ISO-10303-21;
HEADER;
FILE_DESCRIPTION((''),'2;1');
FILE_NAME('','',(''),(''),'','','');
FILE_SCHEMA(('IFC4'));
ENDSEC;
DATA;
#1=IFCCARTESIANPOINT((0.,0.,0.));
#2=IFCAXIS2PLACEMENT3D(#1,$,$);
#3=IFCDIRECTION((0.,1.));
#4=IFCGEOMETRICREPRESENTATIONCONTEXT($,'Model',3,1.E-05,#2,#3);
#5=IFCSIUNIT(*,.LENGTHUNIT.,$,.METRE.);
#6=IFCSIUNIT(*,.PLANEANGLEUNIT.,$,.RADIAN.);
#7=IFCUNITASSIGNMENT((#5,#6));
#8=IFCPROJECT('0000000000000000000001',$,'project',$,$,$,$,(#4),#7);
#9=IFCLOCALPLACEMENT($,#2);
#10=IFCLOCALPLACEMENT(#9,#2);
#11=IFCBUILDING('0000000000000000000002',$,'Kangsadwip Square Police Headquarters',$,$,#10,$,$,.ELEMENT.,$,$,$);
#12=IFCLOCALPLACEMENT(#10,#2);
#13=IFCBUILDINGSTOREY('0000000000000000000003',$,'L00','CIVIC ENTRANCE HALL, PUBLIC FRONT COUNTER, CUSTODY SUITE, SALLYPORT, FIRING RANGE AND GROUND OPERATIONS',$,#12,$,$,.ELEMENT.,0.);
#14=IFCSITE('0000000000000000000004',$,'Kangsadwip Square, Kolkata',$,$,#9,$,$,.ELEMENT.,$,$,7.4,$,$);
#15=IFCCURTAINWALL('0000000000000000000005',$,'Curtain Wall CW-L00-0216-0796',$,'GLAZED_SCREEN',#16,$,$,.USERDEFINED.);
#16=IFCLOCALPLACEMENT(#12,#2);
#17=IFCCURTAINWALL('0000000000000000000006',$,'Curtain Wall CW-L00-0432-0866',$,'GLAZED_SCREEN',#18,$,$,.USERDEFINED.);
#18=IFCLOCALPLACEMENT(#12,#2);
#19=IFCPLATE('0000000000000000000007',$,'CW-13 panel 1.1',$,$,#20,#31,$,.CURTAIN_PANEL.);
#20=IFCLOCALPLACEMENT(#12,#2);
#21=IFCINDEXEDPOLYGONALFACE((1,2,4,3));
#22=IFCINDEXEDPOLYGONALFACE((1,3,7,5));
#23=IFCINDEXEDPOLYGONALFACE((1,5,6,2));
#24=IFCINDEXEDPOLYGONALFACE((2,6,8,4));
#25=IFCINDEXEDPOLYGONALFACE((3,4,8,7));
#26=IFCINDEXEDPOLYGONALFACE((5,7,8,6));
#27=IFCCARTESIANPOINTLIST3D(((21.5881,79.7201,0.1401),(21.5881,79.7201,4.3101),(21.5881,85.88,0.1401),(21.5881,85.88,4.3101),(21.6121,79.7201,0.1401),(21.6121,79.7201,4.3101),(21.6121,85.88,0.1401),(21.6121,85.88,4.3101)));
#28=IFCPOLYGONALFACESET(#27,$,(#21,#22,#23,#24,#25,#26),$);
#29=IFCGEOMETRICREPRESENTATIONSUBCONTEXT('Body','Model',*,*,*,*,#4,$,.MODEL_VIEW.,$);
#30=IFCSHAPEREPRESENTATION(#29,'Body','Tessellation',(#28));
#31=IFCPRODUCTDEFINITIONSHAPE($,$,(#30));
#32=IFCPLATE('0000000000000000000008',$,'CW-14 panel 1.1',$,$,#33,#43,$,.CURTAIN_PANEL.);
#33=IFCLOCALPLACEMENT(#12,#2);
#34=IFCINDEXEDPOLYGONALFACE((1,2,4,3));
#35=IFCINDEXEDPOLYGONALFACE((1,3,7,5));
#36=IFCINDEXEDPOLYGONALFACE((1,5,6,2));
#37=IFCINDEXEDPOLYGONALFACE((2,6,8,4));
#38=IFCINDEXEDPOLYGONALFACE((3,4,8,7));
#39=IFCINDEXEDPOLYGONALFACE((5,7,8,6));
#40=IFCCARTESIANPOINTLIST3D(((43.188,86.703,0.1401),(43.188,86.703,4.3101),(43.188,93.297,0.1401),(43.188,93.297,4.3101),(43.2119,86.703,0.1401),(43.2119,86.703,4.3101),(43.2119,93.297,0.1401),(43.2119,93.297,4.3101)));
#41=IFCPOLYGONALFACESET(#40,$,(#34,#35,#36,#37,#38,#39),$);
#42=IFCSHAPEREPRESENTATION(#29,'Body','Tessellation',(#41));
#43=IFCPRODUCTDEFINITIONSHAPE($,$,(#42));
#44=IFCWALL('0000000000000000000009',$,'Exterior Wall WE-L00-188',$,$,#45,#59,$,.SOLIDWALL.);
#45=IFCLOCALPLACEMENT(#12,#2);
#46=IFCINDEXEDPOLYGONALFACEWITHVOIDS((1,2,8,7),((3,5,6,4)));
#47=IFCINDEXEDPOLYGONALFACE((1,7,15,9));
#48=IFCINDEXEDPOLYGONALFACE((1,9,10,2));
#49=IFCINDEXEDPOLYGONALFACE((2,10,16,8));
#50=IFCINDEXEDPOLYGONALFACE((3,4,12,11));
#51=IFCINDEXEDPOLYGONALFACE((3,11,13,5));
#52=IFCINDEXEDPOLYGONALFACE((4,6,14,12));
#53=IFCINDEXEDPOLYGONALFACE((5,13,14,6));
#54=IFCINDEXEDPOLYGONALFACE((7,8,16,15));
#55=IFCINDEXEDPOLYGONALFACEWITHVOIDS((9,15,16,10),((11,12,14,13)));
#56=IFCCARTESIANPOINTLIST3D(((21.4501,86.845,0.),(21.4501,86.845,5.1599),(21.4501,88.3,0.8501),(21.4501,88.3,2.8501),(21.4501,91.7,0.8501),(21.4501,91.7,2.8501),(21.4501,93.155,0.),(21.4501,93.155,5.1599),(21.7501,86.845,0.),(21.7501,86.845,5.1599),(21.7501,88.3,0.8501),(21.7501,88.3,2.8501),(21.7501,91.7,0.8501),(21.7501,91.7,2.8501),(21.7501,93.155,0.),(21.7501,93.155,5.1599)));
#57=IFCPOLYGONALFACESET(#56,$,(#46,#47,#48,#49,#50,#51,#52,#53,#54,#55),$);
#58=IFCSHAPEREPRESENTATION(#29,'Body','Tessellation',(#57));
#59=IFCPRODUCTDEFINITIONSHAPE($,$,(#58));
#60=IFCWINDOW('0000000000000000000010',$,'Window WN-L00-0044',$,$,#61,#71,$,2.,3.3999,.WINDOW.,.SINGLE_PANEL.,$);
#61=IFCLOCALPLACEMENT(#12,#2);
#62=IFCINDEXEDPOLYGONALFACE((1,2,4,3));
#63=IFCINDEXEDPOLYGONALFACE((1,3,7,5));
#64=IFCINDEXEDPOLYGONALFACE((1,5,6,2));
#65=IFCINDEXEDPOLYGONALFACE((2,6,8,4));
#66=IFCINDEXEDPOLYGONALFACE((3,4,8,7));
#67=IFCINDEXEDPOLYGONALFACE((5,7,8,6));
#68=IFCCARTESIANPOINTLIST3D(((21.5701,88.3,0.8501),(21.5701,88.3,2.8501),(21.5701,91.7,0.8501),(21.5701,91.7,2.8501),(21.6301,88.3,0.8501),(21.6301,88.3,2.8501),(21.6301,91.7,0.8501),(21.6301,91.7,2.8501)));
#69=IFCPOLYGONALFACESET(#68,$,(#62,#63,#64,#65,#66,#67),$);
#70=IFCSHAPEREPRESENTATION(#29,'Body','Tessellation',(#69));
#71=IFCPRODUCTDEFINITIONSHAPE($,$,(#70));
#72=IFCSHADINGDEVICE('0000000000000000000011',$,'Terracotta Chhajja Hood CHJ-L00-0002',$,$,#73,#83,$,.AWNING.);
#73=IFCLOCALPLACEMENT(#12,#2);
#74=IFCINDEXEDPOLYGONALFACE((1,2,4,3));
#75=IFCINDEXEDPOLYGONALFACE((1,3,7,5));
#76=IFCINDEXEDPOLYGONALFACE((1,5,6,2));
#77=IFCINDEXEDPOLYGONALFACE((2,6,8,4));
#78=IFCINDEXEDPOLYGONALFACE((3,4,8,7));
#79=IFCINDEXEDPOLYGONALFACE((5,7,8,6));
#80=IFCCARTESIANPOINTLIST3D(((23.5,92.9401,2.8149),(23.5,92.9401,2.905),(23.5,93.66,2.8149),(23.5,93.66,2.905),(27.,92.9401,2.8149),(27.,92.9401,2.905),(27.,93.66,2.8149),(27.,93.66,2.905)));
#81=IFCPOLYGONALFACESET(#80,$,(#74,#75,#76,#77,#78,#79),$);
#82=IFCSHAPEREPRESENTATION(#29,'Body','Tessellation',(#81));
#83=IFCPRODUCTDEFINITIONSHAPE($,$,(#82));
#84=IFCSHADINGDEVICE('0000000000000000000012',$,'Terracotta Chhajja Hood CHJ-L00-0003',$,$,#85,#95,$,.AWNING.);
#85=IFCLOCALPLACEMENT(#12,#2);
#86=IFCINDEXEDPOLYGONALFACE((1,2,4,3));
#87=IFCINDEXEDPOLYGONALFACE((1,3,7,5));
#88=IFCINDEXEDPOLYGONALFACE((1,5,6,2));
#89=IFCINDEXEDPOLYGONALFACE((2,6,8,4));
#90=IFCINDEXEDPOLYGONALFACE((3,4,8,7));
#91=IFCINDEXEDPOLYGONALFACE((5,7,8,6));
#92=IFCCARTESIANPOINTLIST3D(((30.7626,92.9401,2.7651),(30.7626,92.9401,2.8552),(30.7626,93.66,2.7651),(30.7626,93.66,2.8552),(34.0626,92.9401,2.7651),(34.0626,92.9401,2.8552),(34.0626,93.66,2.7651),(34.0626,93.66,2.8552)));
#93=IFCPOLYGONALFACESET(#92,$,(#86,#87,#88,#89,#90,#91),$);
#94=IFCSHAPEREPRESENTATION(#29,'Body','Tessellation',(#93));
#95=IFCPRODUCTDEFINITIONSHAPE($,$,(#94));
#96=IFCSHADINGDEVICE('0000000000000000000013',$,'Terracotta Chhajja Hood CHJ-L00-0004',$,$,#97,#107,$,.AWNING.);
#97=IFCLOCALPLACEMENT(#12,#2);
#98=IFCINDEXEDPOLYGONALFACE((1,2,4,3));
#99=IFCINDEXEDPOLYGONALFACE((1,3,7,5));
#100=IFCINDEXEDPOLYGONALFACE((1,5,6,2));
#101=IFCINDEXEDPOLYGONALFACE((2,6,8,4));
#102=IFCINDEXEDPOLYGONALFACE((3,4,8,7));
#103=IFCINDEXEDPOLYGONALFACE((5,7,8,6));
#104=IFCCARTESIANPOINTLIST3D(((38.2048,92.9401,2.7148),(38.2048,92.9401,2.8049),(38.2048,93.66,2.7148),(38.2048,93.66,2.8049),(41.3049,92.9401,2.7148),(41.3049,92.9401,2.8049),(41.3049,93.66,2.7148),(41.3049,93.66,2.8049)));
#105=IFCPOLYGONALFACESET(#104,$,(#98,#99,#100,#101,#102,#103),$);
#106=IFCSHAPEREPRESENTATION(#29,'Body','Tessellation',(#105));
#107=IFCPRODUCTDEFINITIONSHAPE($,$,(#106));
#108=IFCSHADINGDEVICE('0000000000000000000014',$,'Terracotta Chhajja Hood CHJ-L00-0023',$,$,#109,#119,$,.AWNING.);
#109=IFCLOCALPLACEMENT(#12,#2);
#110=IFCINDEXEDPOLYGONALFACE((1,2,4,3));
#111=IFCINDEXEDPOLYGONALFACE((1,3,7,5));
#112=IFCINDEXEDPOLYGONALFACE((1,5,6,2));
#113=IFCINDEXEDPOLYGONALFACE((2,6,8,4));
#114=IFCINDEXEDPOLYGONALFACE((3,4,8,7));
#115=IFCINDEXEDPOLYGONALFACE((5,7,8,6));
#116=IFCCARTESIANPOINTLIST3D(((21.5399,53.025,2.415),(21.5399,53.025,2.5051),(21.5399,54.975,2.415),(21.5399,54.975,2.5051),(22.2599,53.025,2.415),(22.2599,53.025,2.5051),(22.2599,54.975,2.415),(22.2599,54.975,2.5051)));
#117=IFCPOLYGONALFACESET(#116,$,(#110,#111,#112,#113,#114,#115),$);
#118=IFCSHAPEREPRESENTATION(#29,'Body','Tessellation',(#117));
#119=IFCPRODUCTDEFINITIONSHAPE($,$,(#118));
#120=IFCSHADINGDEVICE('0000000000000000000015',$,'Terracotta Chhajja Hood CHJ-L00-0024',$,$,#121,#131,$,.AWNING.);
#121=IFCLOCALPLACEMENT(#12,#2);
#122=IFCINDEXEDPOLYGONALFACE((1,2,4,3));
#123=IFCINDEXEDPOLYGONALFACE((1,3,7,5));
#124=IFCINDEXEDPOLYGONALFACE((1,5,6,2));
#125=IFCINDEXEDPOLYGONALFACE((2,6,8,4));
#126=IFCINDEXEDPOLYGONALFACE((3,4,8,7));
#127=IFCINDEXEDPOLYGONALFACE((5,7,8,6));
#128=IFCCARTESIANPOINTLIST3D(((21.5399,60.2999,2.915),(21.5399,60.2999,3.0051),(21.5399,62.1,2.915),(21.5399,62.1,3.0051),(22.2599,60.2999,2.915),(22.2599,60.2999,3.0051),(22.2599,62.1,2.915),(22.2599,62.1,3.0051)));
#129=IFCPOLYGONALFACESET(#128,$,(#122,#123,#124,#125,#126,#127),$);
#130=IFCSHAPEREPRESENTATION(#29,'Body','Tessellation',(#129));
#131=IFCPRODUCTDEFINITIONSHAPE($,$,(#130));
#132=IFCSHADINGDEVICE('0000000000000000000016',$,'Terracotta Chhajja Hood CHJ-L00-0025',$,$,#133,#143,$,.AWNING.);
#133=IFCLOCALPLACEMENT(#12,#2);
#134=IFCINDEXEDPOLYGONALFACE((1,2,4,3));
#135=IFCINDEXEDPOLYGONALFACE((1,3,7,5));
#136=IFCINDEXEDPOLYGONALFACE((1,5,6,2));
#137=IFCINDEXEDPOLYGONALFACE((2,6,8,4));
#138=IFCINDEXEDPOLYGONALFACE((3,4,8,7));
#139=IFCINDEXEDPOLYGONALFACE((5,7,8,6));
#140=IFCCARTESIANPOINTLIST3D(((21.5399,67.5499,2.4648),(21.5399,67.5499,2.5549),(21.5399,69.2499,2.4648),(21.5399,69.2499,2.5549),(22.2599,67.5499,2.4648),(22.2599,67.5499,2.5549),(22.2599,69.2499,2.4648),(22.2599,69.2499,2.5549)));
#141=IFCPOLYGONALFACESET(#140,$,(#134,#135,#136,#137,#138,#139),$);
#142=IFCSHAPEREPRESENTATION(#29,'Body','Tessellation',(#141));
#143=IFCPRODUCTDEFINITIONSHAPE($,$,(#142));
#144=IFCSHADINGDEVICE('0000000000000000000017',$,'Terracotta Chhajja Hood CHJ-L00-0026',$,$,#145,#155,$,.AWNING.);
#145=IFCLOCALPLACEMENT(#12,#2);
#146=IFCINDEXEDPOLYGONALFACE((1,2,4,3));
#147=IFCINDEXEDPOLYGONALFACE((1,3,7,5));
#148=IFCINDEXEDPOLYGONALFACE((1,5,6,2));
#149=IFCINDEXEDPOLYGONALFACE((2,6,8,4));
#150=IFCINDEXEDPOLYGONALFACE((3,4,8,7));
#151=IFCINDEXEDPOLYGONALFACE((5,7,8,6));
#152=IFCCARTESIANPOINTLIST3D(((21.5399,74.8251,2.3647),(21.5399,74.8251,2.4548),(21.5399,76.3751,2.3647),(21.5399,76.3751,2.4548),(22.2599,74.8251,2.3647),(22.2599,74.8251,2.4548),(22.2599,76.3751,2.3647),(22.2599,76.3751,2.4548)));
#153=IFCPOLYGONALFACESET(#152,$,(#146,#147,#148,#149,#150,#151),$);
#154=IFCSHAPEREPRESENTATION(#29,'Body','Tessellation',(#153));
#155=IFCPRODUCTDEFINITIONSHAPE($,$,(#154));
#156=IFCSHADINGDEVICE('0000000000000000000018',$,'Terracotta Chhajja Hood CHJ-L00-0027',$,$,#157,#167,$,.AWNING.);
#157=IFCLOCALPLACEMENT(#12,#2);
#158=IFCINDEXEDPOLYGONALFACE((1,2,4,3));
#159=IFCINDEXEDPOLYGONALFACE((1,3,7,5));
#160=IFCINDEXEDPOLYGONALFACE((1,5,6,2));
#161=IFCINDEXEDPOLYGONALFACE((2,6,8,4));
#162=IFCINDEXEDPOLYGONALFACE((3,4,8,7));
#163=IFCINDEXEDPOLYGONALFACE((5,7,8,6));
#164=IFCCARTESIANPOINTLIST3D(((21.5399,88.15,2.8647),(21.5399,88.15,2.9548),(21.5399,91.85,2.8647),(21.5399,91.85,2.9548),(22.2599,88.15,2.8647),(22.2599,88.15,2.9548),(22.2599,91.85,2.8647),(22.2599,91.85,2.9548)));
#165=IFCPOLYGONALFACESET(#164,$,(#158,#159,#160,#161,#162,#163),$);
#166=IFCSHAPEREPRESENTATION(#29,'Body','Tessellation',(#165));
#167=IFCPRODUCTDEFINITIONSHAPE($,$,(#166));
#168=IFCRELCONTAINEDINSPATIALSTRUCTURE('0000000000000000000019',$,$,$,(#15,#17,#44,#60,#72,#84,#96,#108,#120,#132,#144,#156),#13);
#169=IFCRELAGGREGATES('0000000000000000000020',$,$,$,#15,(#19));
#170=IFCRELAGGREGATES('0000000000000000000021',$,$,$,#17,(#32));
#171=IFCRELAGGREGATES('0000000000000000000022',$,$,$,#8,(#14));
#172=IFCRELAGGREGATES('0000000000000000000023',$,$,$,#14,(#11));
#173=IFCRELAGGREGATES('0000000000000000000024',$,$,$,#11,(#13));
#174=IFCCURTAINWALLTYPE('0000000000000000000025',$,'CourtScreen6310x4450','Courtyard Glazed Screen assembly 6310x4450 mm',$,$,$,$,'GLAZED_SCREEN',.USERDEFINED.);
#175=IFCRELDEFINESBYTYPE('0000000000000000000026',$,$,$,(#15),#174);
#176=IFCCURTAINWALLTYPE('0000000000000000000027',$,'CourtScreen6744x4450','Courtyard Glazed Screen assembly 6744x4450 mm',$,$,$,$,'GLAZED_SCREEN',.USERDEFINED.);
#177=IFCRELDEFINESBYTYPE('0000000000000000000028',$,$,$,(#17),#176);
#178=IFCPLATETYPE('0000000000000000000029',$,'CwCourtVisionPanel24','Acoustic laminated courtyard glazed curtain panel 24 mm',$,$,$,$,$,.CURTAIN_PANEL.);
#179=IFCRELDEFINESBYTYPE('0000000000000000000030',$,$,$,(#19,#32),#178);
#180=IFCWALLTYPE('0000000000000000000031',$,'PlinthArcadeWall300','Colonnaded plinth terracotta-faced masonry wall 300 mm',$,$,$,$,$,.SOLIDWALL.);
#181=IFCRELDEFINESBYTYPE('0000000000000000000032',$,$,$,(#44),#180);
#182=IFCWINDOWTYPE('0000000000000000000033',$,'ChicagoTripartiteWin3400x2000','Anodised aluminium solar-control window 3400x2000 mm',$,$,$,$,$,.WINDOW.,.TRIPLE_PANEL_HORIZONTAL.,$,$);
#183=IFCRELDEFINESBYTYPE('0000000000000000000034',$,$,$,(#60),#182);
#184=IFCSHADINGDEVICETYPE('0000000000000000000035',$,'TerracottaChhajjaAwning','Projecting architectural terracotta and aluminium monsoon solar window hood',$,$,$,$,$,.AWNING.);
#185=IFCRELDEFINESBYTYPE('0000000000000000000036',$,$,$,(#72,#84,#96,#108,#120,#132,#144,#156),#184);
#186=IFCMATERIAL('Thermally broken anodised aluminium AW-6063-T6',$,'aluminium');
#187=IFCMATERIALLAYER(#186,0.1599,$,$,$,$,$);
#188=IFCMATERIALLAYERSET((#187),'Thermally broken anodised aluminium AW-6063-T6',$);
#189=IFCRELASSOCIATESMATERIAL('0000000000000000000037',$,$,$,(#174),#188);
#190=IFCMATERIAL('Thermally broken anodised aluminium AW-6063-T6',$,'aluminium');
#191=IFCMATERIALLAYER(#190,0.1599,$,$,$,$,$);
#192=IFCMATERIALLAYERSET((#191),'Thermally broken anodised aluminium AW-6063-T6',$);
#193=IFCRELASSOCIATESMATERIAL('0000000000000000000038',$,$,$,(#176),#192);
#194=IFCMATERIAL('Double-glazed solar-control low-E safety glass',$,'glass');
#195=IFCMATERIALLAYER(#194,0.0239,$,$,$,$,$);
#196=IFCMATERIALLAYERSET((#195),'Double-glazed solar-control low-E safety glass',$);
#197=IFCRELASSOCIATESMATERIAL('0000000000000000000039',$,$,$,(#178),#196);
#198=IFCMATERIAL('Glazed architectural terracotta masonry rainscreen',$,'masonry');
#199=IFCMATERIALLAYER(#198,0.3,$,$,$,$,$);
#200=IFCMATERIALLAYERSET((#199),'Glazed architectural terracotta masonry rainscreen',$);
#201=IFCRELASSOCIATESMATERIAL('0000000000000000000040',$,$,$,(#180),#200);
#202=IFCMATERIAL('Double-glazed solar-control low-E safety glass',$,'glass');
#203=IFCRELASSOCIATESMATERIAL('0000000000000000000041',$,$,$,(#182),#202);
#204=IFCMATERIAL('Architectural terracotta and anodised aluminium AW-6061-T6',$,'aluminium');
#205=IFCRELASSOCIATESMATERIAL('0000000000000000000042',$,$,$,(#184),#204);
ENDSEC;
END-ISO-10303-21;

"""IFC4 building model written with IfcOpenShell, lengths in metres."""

from ifc_helpers import new_model, si_unit, direction, frame, frame_2d, origin, origin_2d, place, context, subcontext, project, spatial, rectangle, extrude, material, layer, layer_set, type_object, element, fill, aggregate, save


model = new_model("IFC4")

# Units and contexts
model_context = context("Model", 3, precision=1e-05, world=origin(), true_north=direction((0.0, 1.0)))
body_context = subcontext(model_context, "Body", "Model", "MODEL_VIEW")
ifc_project = project(units=[si_unit("LENGTHUNIT", "METRE"), si_unit("PLANEANGLEUNIT", "RADIAN")], contexts=[model_context])

# Site, building, storey
site_placement = place(None, origin())
site = spatial("IfcSite", under=ifc_project, at=site_placement, Name="Kangsadwip Square, Kolkata", CompositionType="ELEMENT", RefElevation=7.4)
building_placement = place(site_placement, origin())
building = spatial("IfcBuilding", under=site, at=building_placement, Name="Kangsadwip Square Police Headquarters", CompositionType="ELEMENT")
storey_placement = place(building_placement, origin())
storey = spatial("IfcBuildingStorey", under=building, at=storey_placement, Name="L00", Description="CIVIC ENTRANCE HALL, PUBLIC FRONT COUNTER, CUSTODY SUITE, SALLYPORT, FIRING RANGE AND GROUND OPERATIONS", CompositionType="ELEMENT", Elevation=0.0)

# Curtain wall
ifc_material_1 = material(Name="Thermally broken anodised aluminium AW-6063-T6", Category="aluminium")
ifc_layer_1 = layer(ifc_material_1, 0.1599)
ifc_layer_set_1 = layer_set([ifc_layer_1], Name="Thermally broken anodised aluminium AW-6063-T6")
curtain_wall_type_1 = type_object("IfcCurtainWallType", Name="CourtScreen6310x4450", Description="Courtyard Glazed Screen assembly 6310x4450 mm", ElementType="GLAZED_SCREEN", PredefinedType="USERDEFINED", material=ifc_layer_set_1)
curtain_wall_1_placement = place(storey_placement, origin())
curtain_wall_1 = element("IfcCurtainWall", 1, at=curtain_wall_1_placement, inside=storey, type_object=curtain_wall_type_1, Name="Curtain Wall CW-L00-0216-0796", ObjectType="GLAZED_SCREEN", PredefinedType="USERDEFINED")

# Curtain wall
ifc_material_2 = material(Name="Thermally broken anodised aluminium AW-6063-T6", Category="aluminium")
ifc_layer_2 = layer(ifc_material_2, 0.1599)
ifc_layer_set_2 = layer_set([ifc_layer_2], Name="Thermally broken anodised aluminium AW-6063-T6")
curtain_wall_type_2 = type_object("IfcCurtainWallType", Name="CourtScreen6744x4450", Description="Courtyard Glazed Screen assembly 6744x4450 mm", ElementType="GLAZED_SCREEN", PredefinedType="USERDEFINED", material=ifc_layer_set_2)
curtain_wall_2_placement = place(storey_placement, origin())
curtain_wall_2 = element("IfcCurtainWall", 2, at=curtain_wall_2_placement, inside=storey, type_object=curtain_wall_type_2, Name="Curtain Wall CW-L00-0432-0866", ObjectType="GLAZED_SCREEN", PredefinedType="USERDEFINED")

# Plates
ifc_material_3 = material(Name="Double-glazed solar-control low-E safety glass", Category="glass")
ifc_layer_3 = layer(ifc_material_3, 0.0239)
ifc_layer_set_3 = layer_set([ifc_layer_3], Name="Double-glazed solar-control low-E safety glass")
plate_type = type_object("IfcPlateType", Name="CwCourtVisionPanel24", Description="Acoustic laminated courtyard glazed curtain panel 24 mm", PredefinedType="CURTAIN_PANEL", material=ifc_layer_set_3)
plate_1_placement = place(storey_placement, frame((21.6001, 82.8, 0.1401), z_axis=(0.0, 0.0, 1.0), x_axis=(0.0, 1.0, 0.0)))
plate_1 = element("IfcPlate", 3, at=plate_1_placement, type_object=plate_type, Name="CW-13 panel 1.1", PredefinedType="CURTAIN_PANEL", context=body_context, shape_type="SweptSolid", body=[
    extrude(rectangle(XDim=6.1599, YDim=0.0239, at=origin_2d()), origin(), (0.0, 0.0, 1.0), 4.1699),
])
aggregate(curtain_wall_1, [plate_1])
plate_2_placement = place(storey_placement, frame((43.2, 90.0, 0.1401), z_axis=(0.0, 0.0, 1.0), x_axis=(0.0, 1.0, 0.0)))
plate_2 = element("IfcPlate", 4, at=plate_2_placement, type_object=plate_type, Name="CW-14 panel 1.1", PredefinedType="CURTAIN_PANEL", context=body_context, shape_type="SweptSolid", body=[
    extrude(rectangle(XDim=6.594, YDim=0.0239, at=origin_2d()), origin(), (0.0, 0.0, 1.0), 4.1699),
])
aggregate(curtain_wall_2, [plate_2])

# Wall, opening, window
ifc_material_4 = material(Name="Glazed architectural terracotta masonry rainscreen", Category="masonry")
ifc_layer_4 = layer(ifc_material_4, 0.3)
ifc_layer_set_4 = layer_set([ifc_layer_4], Name="Glazed architectural terracotta masonry rainscreen")
wall_type = type_object("IfcWallType", Name="PlinthArcadeWall300", Description="Colonnaded plinth terracotta-faced masonry wall 300 mm", PredefinedType="SOLIDWALL", material=ifc_layer_set_4)
wall_placement = place(storey_placement, frame((21.6001, 86.845, 0.0), z_axis=(0.0, 0.0, 1.0), x_axis=(0.0, 1.0, 0.0)))
wall = element("IfcWall", 5, at=wall_placement, inside=storey, type_object=wall_type, Name="Exterior Wall WE-L00-188", PredefinedType="SOLIDWALL", context=body_context, shape_type="SweptSolid", body=[
    extrude(rectangle(XDim=6.3101, YDim=0.3, at=frame_2d((3.155, 0.0))), origin(), (0.0, 0.0, 1.0), 5.1599),
])
opening_placement = place(wall_placement, frame((1.4551, 0.0, 0.8501)))
opening = element("IfcOpeningElement", 6, at=opening_placement, cuts=wall, PredefinedType="OPENING", context=body_context, shape_type="SweptSolid", body=[
    extrude(rectangle(XDim=3.3999, YDim=2.0, at=frame_2d((1.7, 1.0))), frame((0.0, 0.1599, 0.0), z_axis=(0.0, -1.0, 0.0), x_axis=(1.0, 0.0, 0.0)), (0.0, 0.0, 1.0), 0.3201),
])
ifc_material_5 = material(Name="Double-glazed solar-control low-E safety glass", Category="glass")
window_type = type_object("IfcWindowType", Name="ChicagoTripartiteWin3400x2000", Description="Anodised aluminium solar-control window 3400x2000 mm", PartitioningType="TRIPLE_PANEL_HORIZONTAL", PredefinedType="WINDOW", material=ifc_material_5)
window_placement = place(opening_placement, origin())
window = element("IfcWindow", 7, at=window_placement, inside=storey, type_object=window_type, Name="Window WN-L00-0044", OverallHeight=2.0, OverallWidth=3.3999, PartitioningType="SINGLE_PANEL", PredefinedType="WINDOW", context=body_context, shape_type="SweptSolid", body=[
    extrude(rectangle(XDim=3.3999, YDim=2.0, at=frame_2d((1.7, 1.0))), frame((0.0, 0.03, 0.0), z_axis=(0.0, -1.0, 0.0), x_axis=(1.0, 0.0, 0.0)), (0.0, 0.0, 1.0), 0.0601),
])
fill(opening, window)

# Shading devices
ifc_material_6 = material(Name="Architectural terracotta and anodised aluminium AW-6061-T6", Category="aluminium")
shading_device_type = type_object("IfcShadingDeviceType", Name="TerracottaChhajjaAwning", Description="Projecting architectural terracotta and aluminium monsoon solar window hood", PredefinedType="AWNING", material=ifc_material_6)
shading_device_1_placement = place(storey_placement, frame((25.25, 93.3, 2.8149), z_axis=(0.0, 0.0, 1.0), x_axis=(1.0, 0.0, 0.0)))
element("IfcShadingDevice", 8, at=shading_device_1_placement, inside=storey, type_object=shading_device_type, Name="Terracotta Chhajja Hood CHJ-L00-0002", PredefinedType="AWNING", context=body_context, shape_type="SweptSolid", body=[
    extrude(rectangle(XDim=3.5, YDim=0.72, at=origin_2d()), origin(), (0.0, 0.0, 1.0), 0.0901),
])
shading_device_2_placement = place(storey_placement, frame((32.4126, 93.3, 2.7651), z_axis=(0.0, 0.0, 1.0), x_axis=(1.0, 0.0, 0.0)))
element("IfcShadingDevice", 9, at=shading_device_2_placement, inside=storey, type_object=shading_device_type, Name="Terracotta Chhajja Hood CHJ-L00-0003", PredefinedType="AWNING", context=body_context, shape_type="SweptSolid", body=[
    extrude(rectangle(XDim=3.3, YDim=0.72, at=origin_2d()), origin(), (0.0, 0.0, 1.0), 0.0901),
])
shading_device_3_placement = place(storey_placement, frame((39.7549, 93.3, 2.7148), z_axis=(0.0, 0.0, 1.0), x_axis=(1.0, 0.0, 0.0)))
element("IfcShadingDevice", 10, at=shading_device_3_placement, inside=storey, type_object=shading_device_type, Name="Terracotta Chhajja Hood CHJ-L00-0004", PredefinedType="AWNING", context=body_context, shape_type="SweptSolid", body=[
    extrude(rectangle(XDim=3.1001, YDim=0.72, at=origin_2d()), origin(), (0.0, 0.0, 1.0), 0.0901),
])
shading_device_4_placement = place(storey_placement, frame((21.8999, 54.0, 2.415), z_axis=(0.0, 0.0, 1.0), x_axis=(0.0, 1.0, 0.0)))
element("IfcShadingDevice", 11, at=shading_device_4_placement, inside=storey, type_object=shading_device_type, Name="Terracotta Chhajja Hood CHJ-L00-0023", PredefinedType="AWNING", context=body_context, shape_type="SweptSolid", body=[
    extrude(rectangle(XDim=1.95, YDim=0.72, at=origin_2d()), origin(), (0.0, 0.0, 1.0), 0.0901),
])
shading_device_5_placement = place(storey_placement, frame((21.8999, 61.2, 2.915), z_axis=(0.0, 0.0, 1.0), x_axis=(0.0, 1.0, 0.0)))
element("IfcShadingDevice", 12, at=shading_device_5_placement, inside=storey, type_object=shading_device_type, Name="Terracotta Chhajja Hood CHJ-L00-0024", PredefinedType="AWNING", context=body_context, shape_type="SweptSolid", body=[
    extrude(rectangle(XDim=1.8, YDim=0.72, at=origin_2d()), origin(), (0.0, 0.0, 1.0), 0.0901),
])
shading_device_6_placement = place(storey_placement, frame((21.8999, 68.3999, 2.4648), z_axis=(0.0, 0.0, 1.0), x_axis=(0.0, 1.0, 0.0)))
element("IfcShadingDevice", 13, at=shading_device_6_placement, inside=storey, type_object=shading_device_type, Name="Terracotta Chhajja Hood CHJ-L00-0025", PredefinedType="AWNING", context=body_context, shape_type="SweptSolid", body=[
    extrude(rectangle(XDim=1.7, YDim=0.72, at=origin_2d()), origin(), (0.0, 0.0, 1.0), 0.0901),
])
shading_device_7_placement = place(storey_placement, frame((21.8999, 75.6001, 2.3647), z_axis=(0.0, 0.0, 1.0), x_axis=(0.0, 1.0, 0.0)))
element("IfcShadingDevice", 14, at=shading_device_7_placement, inside=storey, type_object=shading_device_type, Name="Terracotta Chhajja Hood CHJ-L00-0026", PredefinedType="AWNING", context=body_context, shape_type="SweptSolid", body=[
    extrude(rectangle(XDim=1.55, YDim=0.72, at=origin_2d()), origin(), (0.0, 0.0, 1.0), 0.0901),
])
shading_device_8_placement = place(storey_placement, frame((21.8999, 90.0, 2.8647), z_axis=(0.0, 0.0, 1.0), x_axis=(0.0, 1.0, 0.0)))
element("IfcShadingDevice", 15, at=shading_device_8_placement, inside=storey, type_object=shading_device_type, Name="Terracotta Chhajja Hood CHJ-L00-0027", PredefinedType="AWNING", context=body_context, shape_type="SweptSolid", body=[
    extrude(rectangle(XDim=3.7, YDim=0.72, at=origin_2d()), origin(), (0.0, 0.0, 1.0), 0.0901),
])

save(model, "model.ifc")
